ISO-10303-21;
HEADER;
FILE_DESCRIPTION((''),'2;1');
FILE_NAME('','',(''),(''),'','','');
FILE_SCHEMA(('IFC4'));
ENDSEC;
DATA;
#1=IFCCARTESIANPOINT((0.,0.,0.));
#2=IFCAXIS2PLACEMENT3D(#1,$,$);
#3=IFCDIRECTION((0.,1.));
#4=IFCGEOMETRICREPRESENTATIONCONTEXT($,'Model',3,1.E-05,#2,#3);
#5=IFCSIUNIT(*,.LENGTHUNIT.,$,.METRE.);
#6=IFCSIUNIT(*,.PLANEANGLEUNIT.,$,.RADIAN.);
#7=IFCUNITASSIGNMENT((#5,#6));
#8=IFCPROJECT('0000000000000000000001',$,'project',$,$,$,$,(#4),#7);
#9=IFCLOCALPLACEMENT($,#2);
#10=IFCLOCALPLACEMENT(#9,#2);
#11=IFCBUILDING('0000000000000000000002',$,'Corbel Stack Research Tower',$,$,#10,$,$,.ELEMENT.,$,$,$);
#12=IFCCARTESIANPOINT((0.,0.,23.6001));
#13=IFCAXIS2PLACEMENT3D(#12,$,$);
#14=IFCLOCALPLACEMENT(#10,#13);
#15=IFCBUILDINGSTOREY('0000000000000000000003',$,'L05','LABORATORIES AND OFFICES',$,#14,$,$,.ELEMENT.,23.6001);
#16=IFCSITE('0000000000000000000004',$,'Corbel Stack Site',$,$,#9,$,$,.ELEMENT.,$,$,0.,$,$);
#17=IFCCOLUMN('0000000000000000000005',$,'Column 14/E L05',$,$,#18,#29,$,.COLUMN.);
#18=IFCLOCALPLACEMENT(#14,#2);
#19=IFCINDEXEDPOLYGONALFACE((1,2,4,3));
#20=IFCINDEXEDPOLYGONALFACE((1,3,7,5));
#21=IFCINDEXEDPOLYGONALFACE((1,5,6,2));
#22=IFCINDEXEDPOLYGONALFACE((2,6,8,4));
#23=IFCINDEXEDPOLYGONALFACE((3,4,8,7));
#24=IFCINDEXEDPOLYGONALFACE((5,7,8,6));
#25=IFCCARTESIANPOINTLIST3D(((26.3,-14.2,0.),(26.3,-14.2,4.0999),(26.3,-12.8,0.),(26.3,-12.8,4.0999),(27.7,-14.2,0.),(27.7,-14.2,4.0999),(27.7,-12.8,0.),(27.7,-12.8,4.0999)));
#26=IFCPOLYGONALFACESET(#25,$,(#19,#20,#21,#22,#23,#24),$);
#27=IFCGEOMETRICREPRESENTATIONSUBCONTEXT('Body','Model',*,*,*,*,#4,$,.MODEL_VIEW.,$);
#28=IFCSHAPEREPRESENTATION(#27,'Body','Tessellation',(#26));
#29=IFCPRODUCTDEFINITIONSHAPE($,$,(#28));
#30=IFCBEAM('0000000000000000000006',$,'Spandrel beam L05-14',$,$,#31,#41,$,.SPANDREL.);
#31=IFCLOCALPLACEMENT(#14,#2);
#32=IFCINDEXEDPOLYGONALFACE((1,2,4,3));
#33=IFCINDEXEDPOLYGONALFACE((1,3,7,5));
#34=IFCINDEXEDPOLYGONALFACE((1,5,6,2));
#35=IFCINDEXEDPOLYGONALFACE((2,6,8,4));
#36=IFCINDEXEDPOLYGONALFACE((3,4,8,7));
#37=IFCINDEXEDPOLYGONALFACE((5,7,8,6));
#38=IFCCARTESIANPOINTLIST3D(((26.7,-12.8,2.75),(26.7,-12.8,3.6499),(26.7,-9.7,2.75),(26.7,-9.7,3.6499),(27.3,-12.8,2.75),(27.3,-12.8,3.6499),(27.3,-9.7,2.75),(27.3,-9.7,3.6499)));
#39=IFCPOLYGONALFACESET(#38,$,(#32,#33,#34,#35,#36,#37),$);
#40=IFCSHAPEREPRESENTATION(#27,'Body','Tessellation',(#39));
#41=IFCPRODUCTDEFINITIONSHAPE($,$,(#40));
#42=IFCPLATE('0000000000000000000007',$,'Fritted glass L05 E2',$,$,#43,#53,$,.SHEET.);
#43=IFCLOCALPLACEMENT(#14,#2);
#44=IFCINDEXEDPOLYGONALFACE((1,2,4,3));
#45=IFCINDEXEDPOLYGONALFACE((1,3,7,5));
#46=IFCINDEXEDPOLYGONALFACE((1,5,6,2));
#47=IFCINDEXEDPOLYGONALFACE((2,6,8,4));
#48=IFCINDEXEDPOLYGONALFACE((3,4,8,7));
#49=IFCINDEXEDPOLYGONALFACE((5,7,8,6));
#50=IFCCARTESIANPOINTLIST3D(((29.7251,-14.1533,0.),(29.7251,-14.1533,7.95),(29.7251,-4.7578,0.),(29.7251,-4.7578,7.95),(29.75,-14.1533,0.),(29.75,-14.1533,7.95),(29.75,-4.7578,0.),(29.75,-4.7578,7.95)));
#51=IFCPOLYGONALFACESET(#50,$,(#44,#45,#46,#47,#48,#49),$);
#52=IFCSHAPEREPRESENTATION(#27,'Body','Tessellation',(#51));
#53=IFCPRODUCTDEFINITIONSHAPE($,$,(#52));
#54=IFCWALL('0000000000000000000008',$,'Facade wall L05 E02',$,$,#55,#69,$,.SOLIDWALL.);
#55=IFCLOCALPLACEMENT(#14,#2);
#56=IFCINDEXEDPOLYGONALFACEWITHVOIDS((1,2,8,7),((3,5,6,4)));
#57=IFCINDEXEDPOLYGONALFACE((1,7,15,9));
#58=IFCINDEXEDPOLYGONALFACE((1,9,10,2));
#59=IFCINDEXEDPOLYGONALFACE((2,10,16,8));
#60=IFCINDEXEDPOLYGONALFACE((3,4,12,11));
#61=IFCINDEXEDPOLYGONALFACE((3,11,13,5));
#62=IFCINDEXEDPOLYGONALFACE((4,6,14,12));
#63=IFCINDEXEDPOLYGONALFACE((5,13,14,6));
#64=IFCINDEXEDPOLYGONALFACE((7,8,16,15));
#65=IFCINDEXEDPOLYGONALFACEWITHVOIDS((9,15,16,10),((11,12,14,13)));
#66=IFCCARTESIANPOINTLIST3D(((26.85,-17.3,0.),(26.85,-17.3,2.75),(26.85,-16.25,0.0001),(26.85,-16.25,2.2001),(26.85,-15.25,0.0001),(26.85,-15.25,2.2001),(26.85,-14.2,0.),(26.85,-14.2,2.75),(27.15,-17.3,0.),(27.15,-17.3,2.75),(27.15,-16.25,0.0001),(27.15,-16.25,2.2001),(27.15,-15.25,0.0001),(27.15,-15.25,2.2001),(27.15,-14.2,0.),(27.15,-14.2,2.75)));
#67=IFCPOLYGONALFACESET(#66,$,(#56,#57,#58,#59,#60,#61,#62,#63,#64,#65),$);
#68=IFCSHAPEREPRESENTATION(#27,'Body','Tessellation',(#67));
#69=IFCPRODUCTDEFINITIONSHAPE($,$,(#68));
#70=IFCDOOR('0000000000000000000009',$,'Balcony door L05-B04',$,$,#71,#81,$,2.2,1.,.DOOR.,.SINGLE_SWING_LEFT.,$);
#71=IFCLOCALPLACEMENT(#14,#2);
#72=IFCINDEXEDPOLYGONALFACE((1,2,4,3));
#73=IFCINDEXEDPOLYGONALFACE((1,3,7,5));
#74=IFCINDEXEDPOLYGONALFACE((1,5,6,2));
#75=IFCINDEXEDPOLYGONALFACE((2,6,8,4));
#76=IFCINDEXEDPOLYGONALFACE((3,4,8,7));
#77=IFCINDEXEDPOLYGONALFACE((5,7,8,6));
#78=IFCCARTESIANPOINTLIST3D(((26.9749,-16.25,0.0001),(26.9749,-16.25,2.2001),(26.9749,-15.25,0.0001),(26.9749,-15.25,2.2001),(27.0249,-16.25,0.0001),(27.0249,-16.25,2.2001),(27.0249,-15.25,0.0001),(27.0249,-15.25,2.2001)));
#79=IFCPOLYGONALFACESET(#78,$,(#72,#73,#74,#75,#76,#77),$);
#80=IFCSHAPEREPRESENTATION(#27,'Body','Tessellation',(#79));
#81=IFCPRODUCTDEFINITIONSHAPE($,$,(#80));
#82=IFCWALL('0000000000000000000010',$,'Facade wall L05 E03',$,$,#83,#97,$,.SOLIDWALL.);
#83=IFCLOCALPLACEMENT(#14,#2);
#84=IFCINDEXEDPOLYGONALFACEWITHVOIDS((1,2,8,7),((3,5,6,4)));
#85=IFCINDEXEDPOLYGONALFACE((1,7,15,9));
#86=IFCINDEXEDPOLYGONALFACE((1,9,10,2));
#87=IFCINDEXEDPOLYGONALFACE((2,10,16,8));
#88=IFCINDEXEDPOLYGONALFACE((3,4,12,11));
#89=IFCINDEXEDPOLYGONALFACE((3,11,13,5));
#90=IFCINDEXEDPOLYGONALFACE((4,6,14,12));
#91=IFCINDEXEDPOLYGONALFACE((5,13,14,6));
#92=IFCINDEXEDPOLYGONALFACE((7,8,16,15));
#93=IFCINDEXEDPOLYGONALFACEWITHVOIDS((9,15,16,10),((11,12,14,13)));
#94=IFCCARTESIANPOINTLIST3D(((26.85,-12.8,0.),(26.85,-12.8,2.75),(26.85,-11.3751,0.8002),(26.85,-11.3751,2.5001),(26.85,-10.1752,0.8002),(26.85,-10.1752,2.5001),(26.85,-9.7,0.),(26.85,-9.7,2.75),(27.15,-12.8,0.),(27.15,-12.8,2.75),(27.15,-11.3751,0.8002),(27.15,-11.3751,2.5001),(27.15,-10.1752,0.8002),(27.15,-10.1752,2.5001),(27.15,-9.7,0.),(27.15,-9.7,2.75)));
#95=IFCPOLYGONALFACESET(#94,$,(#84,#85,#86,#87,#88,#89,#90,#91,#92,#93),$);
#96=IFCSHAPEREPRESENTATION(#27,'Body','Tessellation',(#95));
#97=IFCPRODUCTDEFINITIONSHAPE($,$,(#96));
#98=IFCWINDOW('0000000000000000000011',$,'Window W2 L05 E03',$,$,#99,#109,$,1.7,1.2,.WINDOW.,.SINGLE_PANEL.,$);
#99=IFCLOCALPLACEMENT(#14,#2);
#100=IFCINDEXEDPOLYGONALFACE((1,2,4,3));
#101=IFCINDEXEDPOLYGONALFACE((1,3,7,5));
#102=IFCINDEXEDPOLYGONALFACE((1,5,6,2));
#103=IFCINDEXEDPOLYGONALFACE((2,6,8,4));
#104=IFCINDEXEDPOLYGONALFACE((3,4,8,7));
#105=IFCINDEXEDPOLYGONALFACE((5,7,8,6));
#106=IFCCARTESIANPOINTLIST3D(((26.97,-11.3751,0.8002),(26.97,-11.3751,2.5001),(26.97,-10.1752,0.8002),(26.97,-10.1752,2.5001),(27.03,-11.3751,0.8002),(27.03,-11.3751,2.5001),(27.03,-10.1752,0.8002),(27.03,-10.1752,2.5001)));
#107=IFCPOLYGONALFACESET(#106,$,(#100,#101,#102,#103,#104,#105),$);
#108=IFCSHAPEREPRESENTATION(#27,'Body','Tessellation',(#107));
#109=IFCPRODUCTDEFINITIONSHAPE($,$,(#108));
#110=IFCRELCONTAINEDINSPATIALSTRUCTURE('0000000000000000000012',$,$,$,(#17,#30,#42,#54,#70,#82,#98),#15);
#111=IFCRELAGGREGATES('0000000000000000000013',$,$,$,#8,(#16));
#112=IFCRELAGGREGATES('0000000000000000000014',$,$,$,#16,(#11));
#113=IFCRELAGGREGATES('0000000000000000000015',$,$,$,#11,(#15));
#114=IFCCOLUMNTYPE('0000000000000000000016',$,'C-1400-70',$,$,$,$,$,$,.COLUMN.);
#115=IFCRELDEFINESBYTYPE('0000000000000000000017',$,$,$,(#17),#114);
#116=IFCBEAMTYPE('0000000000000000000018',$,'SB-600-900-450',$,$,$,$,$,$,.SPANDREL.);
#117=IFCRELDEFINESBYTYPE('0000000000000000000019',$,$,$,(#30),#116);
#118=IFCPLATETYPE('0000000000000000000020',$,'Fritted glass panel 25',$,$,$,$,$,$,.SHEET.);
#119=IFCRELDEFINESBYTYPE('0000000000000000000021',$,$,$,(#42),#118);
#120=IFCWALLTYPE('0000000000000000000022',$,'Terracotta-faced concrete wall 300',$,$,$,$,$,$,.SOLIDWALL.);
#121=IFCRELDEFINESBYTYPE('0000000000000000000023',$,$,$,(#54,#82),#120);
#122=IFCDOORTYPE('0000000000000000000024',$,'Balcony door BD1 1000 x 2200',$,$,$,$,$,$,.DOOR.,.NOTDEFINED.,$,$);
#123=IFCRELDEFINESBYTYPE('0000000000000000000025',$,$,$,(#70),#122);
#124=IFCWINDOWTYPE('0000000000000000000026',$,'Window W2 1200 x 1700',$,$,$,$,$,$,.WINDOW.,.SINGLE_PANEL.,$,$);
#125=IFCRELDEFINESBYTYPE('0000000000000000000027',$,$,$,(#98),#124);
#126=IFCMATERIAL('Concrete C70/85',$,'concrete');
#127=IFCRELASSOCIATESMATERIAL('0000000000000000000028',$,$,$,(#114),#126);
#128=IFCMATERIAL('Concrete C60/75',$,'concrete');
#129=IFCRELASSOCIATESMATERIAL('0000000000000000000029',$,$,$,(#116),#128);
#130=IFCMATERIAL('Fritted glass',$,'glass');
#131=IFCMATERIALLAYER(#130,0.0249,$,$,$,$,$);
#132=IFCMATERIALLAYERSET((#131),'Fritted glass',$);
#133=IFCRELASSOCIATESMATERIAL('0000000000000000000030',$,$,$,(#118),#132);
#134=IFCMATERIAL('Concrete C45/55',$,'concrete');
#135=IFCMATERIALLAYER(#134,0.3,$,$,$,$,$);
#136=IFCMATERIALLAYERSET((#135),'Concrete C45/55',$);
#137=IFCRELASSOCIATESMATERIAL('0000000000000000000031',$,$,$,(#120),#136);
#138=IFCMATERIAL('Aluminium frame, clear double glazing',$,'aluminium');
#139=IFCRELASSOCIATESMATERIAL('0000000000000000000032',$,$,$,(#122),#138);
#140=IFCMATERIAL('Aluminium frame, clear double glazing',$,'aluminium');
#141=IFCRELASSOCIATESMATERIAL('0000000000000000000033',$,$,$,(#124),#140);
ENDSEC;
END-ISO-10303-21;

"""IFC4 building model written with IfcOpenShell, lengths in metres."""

from ifc_helpers import new_model, si_unit, direction, frame, frame_2d, origin, origin_2d, place, context, subcontext, project, spatial, rectangle, extrude, material, layer, layer_set, material_profile, profile_set, type_object, element, fill, save


model = new_model("IFC4")

# Units and contexts
model_context = context("Model", 3, precision=1e-05, world=origin(), true_north=direction((0.0, 1.0)))
body_context = subcontext(model_context, "Body", "Model", "MODEL_VIEW")
ifc_project = project(units=[si_unit("LENGTHUNIT", "METRE"), si_unit("PLANEANGLEUNIT", "RADIAN")], contexts=[model_context])

# Site, building, storey
site_placement = place(None, origin())
site = spatial("IfcSite", under=ifc_project, at=site_placement, Name="Corbel Stack Site", CompositionType="ELEMENT", RefElevation=0.0)
building_placement = place(site_placement, origin())
building = spatial("IfcBuilding", under=site, at=building_placement, Name="Corbel Stack Research Tower", CompositionType="ELEMENT")
storey_placement = place(building_placement, frame((0.0, 0.0, 23.6001)))
storey = spatial("IfcBuildingStorey", under=building, at=storey_placement, Name="L05", Description="LABORATORIES AND OFFICES", CompositionType="ELEMENT", Elevation=23.6001)

# Column
ifc_material_1 = material(Name="Concrete C70/85", Category="concrete")
ifc_material_profile_1 = material_profile(ifc_material_1, rectangle(XDim=1.3999, YDim=1.3999, at=origin_2d()), Name="RC 1400 x 1400")
ifc_profile_set_1 = profile_set([ifc_material_profile_1], Name="Concrete C70/85")
column_type = type_object("IfcColumnType", Name="C-1400-70", PredefinedType="COLUMN", material=ifc_profile_set_1)
column_placement = place(storey_placement, frame((27.0, -13.5, 0.0), z_axis=(0.0, 0.0, 1.0), x_axis=(1.0, 0.0, 0.0)))
element("IfcColumn", 1, at=column_placement, inside=storey, type_object=column_type, Name="Column 14/E L05", PredefinedType="COLUMN", context=body_context, shape_type="SweptSolid", body=[
    extrude(rectangle(XDim=1.3999, YDim=1.3999, at=origin_2d()), origin(), (0.0, 0.0, 1.0), 4.0999),
])

# Beam
ifc_material_2 = material(Name="Concrete C60/75", Category="concrete")
ifc_material_profile_2 = material_profile(ifc_material_2, rectangle(XDim=0.6001, YDim=0.8999, at=origin_2d()), Name="RC 600 x 900")
ifc_profile_set_2 = profile_set([ifc_material_profile_2], Name="Concrete C60/75")
beam_type = type_object("IfcBeamType", Name="SB-600-900-450", PredefinedType="SPANDREL", material=ifc_profile_set_2)
beam_placement = place(storey_placement, frame((27.0, -12.8, 3.2), z_axis=(0.0, 1.0, 0.0), x_axis=(-1.0, 0.0, 0.0)))
element("IfcBeam", 2, at=beam_placement, inside=storey, type_object=beam_type, Name="Spandrel beam L05-14", PredefinedType="SPANDREL", context=body_context, shape_type="SweptSolid", body=[
    extrude(rectangle(XDim=0.6001, YDim=0.8999, at=origin_2d()), origin(), (0.0, 0.0, 1.0), 3.1001),
])

# Plate
ifc_material_3 = material(Name="Fritted glass", Category="glass")
ifc_layer_1 = layer(ifc_material_3, 0.0249)
ifc_layer_set_1 = layer_set([ifc_layer_1], Name="Fritted glass")
plate_type = type_object("IfcPlateType", Name="Fritted glass panel 25", PredefinedType="SHEET", material=ifc_layer_set_1)
plate_placement = place(storey_placement, frame((29.7375, -9.4556, 0.0), z_axis=(0.0, 0.0, 1.0), x_axis=(0.0, 1.0, 0.0)))
element("IfcPlate", 3, at=plate_placement, inside=storey, type_object=plate_type, Name="Fritted glass L05 E2", PredefinedType="SHEET", context=body_context, shape_type="SweptSolid", body=[
    extrude(rectangle(XDim=9.3955, YDim=0.0249, at=origin_2d()), origin(), (0.0, 0.0, 1.0), 7.95),
])

# Wall, opening, door
ifc_material_4 = material(Name="Concrete C45/55", Category="concrete")
ifc_layer_2 = layer(ifc_material_4, 0.3)
ifc_layer_set_2 = layer_set([ifc_layer_2], Name="Concrete C45/55")
wall_type = type_object("IfcWallType", Name="Terracotta-faced concrete wall 300", PredefinedType="SOLIDWALL", material=ifc_layer_set_2)
wall_1_placement = place(storey_placement, frame((27.0, -14.2, 0.0), z_axis=(0.0, 0.0, 1.0), x_axis=(0.0, -1.0, 0.0)))
wall_1 = element("IfcWall", 4, at=wall_1_placement, inside=storey, type_object=wall_type, Name="Facade wall L05 E02", PredefinedType="SOLIDWALL", context=body_context, shape_type="SweptSolid", body=[
    extrude(rectangle(XDim=3.1001, YDim=0.3, at=frame_2d((1.55, 0.0))), origin(), (0.0, 0.0, 1.0), 2.75),
])
opening_1_placement = place(wall_1_placement, frame((1.05, 0.0, 0.0)))
opening_1 = element("IfcOpeningElement", 5, at=opening_1_placement, cuts=wall_1, PredefinedType="OPENING", context=body_context, shape_type="SweptSolid", body=[
    extrude(rectangle(XDim=1.0, YDim=2.2, at=frame_2d((0.5, 1.1001))), frame((0.0, 0.1599, 0.0), z_axis=(0.0, -1.0, 0.0), x_axis=(1.0, 0.0, 0.0)), (0.0, 0.0, 1.0), 0.3201),
])
ifc_material_5 = material(Name="Aluminium frame, clear double glazing", Category="aluminium")
door_type = type_object("IfcDoorType", Name="Balcony door BD1 1000 x 2200", OperationType="NOTDEFINED", PredefinedType="DOOR", material=ifc_material_5)
door_placement = place(opening_1_placement, origin())
door = element("IfcDoor", 6, at=door_placement, inside=storey, type_object=door_type, Name="Balcony door L05-B04", OperationType="SINGLE_SWING_LEFT", OverallHeight=2.2, OverallWidth=1.0, PredefinedType="DOOR", context=body_context, shape_type="SweptSolid", body=[
    extrude(rectangle(XDim=1.0, YDim=2.2, at=frame_2d((0.5, 1.1001))), frame((0.0, 0.0249, 0.0), z_axis=(0.0, -1.0, 0.0), x_axis=(1.0, 0.0, 0.0)), (0.0, 0.0, 1.0), 0.05),
])
fill(opening_1, door)

# Wall, opening, window
wall_2_placement = place(storey_placement, frame((27.0, -9.7, 0.0), z_axis=(0.0, 0.0, 1.0), x_axis=(0.0, -1.0, 0.0)))
wall_2 = element("IfcWall", 7, at=wall_2_placement, inside=storey, type_object=wall_type, Name="Facade wall L05 E03", PredefinedType="SOLIDWALL", context=body_context, shape_type="SweptSolid", body=[
    extrude(rectangle(XDim=3.1001, YDim=0.3, at=frame_2d((1.55, 0.0))), origin(), (0.0, 0.0, 1.0), 2.75),
])
opening_2_placement = place(wall_2_placement, frame((0.4751, 0.0, 0.8)))
opening_2 = element("IfcOpeningElement", 8, at=opening_2_placement, cuts=wall_2, PredefinedType="OPENING", context=body_context, shape_type="SweptSolid", body=[
    extrude(rectangle(XDim=1.2, YDim=1.7, at=frame_2d((0.6001, 0.8501))), frame((0.0, 0.1599, 0.0), z_axis=(0.0, -1.0, 0.0), x_axis=(1.0, 0.0, 0.0)), (0.0, 0.0, 1.0), 0.3201),
])
ifc_material_6 = material(Name="Aluminium frame, clear double glazing", Category="aluminium")
window_type = type_object("IfcWindowType", Name="Window W2 1200 x 1700", PartitioningType="SINGLE_PANEL", PredefinedType="WINDOW", material=ifc_material_6)
window_placement = place(opening_2_placement, origin())
window = element("IfcWindow", 9, at=window_placement, inside=storey, type_object=window_type, Name="Window W2 L05 E03", OverallHeight=1.7, OverallWidth=1.2, PartitioningType="SINGLE_PANEL", PredefinedType="WINDOW", context=body_context, shape_type="SweptSolid", body=[
    extrude(rectangle(XDim=1.2, YDim=1.7, at=frame_2d((0.6001, 0.8501))), frame((0.0, 0.03, 0.0), z_axis=(0.0, -1.0, 0.0), x_axis=(1.0, 0.0, 0.0)), (0.0, 0.0, 1.0), 0.0601),
])
fill(opening_2, window)

save(model, "model.ifc")
